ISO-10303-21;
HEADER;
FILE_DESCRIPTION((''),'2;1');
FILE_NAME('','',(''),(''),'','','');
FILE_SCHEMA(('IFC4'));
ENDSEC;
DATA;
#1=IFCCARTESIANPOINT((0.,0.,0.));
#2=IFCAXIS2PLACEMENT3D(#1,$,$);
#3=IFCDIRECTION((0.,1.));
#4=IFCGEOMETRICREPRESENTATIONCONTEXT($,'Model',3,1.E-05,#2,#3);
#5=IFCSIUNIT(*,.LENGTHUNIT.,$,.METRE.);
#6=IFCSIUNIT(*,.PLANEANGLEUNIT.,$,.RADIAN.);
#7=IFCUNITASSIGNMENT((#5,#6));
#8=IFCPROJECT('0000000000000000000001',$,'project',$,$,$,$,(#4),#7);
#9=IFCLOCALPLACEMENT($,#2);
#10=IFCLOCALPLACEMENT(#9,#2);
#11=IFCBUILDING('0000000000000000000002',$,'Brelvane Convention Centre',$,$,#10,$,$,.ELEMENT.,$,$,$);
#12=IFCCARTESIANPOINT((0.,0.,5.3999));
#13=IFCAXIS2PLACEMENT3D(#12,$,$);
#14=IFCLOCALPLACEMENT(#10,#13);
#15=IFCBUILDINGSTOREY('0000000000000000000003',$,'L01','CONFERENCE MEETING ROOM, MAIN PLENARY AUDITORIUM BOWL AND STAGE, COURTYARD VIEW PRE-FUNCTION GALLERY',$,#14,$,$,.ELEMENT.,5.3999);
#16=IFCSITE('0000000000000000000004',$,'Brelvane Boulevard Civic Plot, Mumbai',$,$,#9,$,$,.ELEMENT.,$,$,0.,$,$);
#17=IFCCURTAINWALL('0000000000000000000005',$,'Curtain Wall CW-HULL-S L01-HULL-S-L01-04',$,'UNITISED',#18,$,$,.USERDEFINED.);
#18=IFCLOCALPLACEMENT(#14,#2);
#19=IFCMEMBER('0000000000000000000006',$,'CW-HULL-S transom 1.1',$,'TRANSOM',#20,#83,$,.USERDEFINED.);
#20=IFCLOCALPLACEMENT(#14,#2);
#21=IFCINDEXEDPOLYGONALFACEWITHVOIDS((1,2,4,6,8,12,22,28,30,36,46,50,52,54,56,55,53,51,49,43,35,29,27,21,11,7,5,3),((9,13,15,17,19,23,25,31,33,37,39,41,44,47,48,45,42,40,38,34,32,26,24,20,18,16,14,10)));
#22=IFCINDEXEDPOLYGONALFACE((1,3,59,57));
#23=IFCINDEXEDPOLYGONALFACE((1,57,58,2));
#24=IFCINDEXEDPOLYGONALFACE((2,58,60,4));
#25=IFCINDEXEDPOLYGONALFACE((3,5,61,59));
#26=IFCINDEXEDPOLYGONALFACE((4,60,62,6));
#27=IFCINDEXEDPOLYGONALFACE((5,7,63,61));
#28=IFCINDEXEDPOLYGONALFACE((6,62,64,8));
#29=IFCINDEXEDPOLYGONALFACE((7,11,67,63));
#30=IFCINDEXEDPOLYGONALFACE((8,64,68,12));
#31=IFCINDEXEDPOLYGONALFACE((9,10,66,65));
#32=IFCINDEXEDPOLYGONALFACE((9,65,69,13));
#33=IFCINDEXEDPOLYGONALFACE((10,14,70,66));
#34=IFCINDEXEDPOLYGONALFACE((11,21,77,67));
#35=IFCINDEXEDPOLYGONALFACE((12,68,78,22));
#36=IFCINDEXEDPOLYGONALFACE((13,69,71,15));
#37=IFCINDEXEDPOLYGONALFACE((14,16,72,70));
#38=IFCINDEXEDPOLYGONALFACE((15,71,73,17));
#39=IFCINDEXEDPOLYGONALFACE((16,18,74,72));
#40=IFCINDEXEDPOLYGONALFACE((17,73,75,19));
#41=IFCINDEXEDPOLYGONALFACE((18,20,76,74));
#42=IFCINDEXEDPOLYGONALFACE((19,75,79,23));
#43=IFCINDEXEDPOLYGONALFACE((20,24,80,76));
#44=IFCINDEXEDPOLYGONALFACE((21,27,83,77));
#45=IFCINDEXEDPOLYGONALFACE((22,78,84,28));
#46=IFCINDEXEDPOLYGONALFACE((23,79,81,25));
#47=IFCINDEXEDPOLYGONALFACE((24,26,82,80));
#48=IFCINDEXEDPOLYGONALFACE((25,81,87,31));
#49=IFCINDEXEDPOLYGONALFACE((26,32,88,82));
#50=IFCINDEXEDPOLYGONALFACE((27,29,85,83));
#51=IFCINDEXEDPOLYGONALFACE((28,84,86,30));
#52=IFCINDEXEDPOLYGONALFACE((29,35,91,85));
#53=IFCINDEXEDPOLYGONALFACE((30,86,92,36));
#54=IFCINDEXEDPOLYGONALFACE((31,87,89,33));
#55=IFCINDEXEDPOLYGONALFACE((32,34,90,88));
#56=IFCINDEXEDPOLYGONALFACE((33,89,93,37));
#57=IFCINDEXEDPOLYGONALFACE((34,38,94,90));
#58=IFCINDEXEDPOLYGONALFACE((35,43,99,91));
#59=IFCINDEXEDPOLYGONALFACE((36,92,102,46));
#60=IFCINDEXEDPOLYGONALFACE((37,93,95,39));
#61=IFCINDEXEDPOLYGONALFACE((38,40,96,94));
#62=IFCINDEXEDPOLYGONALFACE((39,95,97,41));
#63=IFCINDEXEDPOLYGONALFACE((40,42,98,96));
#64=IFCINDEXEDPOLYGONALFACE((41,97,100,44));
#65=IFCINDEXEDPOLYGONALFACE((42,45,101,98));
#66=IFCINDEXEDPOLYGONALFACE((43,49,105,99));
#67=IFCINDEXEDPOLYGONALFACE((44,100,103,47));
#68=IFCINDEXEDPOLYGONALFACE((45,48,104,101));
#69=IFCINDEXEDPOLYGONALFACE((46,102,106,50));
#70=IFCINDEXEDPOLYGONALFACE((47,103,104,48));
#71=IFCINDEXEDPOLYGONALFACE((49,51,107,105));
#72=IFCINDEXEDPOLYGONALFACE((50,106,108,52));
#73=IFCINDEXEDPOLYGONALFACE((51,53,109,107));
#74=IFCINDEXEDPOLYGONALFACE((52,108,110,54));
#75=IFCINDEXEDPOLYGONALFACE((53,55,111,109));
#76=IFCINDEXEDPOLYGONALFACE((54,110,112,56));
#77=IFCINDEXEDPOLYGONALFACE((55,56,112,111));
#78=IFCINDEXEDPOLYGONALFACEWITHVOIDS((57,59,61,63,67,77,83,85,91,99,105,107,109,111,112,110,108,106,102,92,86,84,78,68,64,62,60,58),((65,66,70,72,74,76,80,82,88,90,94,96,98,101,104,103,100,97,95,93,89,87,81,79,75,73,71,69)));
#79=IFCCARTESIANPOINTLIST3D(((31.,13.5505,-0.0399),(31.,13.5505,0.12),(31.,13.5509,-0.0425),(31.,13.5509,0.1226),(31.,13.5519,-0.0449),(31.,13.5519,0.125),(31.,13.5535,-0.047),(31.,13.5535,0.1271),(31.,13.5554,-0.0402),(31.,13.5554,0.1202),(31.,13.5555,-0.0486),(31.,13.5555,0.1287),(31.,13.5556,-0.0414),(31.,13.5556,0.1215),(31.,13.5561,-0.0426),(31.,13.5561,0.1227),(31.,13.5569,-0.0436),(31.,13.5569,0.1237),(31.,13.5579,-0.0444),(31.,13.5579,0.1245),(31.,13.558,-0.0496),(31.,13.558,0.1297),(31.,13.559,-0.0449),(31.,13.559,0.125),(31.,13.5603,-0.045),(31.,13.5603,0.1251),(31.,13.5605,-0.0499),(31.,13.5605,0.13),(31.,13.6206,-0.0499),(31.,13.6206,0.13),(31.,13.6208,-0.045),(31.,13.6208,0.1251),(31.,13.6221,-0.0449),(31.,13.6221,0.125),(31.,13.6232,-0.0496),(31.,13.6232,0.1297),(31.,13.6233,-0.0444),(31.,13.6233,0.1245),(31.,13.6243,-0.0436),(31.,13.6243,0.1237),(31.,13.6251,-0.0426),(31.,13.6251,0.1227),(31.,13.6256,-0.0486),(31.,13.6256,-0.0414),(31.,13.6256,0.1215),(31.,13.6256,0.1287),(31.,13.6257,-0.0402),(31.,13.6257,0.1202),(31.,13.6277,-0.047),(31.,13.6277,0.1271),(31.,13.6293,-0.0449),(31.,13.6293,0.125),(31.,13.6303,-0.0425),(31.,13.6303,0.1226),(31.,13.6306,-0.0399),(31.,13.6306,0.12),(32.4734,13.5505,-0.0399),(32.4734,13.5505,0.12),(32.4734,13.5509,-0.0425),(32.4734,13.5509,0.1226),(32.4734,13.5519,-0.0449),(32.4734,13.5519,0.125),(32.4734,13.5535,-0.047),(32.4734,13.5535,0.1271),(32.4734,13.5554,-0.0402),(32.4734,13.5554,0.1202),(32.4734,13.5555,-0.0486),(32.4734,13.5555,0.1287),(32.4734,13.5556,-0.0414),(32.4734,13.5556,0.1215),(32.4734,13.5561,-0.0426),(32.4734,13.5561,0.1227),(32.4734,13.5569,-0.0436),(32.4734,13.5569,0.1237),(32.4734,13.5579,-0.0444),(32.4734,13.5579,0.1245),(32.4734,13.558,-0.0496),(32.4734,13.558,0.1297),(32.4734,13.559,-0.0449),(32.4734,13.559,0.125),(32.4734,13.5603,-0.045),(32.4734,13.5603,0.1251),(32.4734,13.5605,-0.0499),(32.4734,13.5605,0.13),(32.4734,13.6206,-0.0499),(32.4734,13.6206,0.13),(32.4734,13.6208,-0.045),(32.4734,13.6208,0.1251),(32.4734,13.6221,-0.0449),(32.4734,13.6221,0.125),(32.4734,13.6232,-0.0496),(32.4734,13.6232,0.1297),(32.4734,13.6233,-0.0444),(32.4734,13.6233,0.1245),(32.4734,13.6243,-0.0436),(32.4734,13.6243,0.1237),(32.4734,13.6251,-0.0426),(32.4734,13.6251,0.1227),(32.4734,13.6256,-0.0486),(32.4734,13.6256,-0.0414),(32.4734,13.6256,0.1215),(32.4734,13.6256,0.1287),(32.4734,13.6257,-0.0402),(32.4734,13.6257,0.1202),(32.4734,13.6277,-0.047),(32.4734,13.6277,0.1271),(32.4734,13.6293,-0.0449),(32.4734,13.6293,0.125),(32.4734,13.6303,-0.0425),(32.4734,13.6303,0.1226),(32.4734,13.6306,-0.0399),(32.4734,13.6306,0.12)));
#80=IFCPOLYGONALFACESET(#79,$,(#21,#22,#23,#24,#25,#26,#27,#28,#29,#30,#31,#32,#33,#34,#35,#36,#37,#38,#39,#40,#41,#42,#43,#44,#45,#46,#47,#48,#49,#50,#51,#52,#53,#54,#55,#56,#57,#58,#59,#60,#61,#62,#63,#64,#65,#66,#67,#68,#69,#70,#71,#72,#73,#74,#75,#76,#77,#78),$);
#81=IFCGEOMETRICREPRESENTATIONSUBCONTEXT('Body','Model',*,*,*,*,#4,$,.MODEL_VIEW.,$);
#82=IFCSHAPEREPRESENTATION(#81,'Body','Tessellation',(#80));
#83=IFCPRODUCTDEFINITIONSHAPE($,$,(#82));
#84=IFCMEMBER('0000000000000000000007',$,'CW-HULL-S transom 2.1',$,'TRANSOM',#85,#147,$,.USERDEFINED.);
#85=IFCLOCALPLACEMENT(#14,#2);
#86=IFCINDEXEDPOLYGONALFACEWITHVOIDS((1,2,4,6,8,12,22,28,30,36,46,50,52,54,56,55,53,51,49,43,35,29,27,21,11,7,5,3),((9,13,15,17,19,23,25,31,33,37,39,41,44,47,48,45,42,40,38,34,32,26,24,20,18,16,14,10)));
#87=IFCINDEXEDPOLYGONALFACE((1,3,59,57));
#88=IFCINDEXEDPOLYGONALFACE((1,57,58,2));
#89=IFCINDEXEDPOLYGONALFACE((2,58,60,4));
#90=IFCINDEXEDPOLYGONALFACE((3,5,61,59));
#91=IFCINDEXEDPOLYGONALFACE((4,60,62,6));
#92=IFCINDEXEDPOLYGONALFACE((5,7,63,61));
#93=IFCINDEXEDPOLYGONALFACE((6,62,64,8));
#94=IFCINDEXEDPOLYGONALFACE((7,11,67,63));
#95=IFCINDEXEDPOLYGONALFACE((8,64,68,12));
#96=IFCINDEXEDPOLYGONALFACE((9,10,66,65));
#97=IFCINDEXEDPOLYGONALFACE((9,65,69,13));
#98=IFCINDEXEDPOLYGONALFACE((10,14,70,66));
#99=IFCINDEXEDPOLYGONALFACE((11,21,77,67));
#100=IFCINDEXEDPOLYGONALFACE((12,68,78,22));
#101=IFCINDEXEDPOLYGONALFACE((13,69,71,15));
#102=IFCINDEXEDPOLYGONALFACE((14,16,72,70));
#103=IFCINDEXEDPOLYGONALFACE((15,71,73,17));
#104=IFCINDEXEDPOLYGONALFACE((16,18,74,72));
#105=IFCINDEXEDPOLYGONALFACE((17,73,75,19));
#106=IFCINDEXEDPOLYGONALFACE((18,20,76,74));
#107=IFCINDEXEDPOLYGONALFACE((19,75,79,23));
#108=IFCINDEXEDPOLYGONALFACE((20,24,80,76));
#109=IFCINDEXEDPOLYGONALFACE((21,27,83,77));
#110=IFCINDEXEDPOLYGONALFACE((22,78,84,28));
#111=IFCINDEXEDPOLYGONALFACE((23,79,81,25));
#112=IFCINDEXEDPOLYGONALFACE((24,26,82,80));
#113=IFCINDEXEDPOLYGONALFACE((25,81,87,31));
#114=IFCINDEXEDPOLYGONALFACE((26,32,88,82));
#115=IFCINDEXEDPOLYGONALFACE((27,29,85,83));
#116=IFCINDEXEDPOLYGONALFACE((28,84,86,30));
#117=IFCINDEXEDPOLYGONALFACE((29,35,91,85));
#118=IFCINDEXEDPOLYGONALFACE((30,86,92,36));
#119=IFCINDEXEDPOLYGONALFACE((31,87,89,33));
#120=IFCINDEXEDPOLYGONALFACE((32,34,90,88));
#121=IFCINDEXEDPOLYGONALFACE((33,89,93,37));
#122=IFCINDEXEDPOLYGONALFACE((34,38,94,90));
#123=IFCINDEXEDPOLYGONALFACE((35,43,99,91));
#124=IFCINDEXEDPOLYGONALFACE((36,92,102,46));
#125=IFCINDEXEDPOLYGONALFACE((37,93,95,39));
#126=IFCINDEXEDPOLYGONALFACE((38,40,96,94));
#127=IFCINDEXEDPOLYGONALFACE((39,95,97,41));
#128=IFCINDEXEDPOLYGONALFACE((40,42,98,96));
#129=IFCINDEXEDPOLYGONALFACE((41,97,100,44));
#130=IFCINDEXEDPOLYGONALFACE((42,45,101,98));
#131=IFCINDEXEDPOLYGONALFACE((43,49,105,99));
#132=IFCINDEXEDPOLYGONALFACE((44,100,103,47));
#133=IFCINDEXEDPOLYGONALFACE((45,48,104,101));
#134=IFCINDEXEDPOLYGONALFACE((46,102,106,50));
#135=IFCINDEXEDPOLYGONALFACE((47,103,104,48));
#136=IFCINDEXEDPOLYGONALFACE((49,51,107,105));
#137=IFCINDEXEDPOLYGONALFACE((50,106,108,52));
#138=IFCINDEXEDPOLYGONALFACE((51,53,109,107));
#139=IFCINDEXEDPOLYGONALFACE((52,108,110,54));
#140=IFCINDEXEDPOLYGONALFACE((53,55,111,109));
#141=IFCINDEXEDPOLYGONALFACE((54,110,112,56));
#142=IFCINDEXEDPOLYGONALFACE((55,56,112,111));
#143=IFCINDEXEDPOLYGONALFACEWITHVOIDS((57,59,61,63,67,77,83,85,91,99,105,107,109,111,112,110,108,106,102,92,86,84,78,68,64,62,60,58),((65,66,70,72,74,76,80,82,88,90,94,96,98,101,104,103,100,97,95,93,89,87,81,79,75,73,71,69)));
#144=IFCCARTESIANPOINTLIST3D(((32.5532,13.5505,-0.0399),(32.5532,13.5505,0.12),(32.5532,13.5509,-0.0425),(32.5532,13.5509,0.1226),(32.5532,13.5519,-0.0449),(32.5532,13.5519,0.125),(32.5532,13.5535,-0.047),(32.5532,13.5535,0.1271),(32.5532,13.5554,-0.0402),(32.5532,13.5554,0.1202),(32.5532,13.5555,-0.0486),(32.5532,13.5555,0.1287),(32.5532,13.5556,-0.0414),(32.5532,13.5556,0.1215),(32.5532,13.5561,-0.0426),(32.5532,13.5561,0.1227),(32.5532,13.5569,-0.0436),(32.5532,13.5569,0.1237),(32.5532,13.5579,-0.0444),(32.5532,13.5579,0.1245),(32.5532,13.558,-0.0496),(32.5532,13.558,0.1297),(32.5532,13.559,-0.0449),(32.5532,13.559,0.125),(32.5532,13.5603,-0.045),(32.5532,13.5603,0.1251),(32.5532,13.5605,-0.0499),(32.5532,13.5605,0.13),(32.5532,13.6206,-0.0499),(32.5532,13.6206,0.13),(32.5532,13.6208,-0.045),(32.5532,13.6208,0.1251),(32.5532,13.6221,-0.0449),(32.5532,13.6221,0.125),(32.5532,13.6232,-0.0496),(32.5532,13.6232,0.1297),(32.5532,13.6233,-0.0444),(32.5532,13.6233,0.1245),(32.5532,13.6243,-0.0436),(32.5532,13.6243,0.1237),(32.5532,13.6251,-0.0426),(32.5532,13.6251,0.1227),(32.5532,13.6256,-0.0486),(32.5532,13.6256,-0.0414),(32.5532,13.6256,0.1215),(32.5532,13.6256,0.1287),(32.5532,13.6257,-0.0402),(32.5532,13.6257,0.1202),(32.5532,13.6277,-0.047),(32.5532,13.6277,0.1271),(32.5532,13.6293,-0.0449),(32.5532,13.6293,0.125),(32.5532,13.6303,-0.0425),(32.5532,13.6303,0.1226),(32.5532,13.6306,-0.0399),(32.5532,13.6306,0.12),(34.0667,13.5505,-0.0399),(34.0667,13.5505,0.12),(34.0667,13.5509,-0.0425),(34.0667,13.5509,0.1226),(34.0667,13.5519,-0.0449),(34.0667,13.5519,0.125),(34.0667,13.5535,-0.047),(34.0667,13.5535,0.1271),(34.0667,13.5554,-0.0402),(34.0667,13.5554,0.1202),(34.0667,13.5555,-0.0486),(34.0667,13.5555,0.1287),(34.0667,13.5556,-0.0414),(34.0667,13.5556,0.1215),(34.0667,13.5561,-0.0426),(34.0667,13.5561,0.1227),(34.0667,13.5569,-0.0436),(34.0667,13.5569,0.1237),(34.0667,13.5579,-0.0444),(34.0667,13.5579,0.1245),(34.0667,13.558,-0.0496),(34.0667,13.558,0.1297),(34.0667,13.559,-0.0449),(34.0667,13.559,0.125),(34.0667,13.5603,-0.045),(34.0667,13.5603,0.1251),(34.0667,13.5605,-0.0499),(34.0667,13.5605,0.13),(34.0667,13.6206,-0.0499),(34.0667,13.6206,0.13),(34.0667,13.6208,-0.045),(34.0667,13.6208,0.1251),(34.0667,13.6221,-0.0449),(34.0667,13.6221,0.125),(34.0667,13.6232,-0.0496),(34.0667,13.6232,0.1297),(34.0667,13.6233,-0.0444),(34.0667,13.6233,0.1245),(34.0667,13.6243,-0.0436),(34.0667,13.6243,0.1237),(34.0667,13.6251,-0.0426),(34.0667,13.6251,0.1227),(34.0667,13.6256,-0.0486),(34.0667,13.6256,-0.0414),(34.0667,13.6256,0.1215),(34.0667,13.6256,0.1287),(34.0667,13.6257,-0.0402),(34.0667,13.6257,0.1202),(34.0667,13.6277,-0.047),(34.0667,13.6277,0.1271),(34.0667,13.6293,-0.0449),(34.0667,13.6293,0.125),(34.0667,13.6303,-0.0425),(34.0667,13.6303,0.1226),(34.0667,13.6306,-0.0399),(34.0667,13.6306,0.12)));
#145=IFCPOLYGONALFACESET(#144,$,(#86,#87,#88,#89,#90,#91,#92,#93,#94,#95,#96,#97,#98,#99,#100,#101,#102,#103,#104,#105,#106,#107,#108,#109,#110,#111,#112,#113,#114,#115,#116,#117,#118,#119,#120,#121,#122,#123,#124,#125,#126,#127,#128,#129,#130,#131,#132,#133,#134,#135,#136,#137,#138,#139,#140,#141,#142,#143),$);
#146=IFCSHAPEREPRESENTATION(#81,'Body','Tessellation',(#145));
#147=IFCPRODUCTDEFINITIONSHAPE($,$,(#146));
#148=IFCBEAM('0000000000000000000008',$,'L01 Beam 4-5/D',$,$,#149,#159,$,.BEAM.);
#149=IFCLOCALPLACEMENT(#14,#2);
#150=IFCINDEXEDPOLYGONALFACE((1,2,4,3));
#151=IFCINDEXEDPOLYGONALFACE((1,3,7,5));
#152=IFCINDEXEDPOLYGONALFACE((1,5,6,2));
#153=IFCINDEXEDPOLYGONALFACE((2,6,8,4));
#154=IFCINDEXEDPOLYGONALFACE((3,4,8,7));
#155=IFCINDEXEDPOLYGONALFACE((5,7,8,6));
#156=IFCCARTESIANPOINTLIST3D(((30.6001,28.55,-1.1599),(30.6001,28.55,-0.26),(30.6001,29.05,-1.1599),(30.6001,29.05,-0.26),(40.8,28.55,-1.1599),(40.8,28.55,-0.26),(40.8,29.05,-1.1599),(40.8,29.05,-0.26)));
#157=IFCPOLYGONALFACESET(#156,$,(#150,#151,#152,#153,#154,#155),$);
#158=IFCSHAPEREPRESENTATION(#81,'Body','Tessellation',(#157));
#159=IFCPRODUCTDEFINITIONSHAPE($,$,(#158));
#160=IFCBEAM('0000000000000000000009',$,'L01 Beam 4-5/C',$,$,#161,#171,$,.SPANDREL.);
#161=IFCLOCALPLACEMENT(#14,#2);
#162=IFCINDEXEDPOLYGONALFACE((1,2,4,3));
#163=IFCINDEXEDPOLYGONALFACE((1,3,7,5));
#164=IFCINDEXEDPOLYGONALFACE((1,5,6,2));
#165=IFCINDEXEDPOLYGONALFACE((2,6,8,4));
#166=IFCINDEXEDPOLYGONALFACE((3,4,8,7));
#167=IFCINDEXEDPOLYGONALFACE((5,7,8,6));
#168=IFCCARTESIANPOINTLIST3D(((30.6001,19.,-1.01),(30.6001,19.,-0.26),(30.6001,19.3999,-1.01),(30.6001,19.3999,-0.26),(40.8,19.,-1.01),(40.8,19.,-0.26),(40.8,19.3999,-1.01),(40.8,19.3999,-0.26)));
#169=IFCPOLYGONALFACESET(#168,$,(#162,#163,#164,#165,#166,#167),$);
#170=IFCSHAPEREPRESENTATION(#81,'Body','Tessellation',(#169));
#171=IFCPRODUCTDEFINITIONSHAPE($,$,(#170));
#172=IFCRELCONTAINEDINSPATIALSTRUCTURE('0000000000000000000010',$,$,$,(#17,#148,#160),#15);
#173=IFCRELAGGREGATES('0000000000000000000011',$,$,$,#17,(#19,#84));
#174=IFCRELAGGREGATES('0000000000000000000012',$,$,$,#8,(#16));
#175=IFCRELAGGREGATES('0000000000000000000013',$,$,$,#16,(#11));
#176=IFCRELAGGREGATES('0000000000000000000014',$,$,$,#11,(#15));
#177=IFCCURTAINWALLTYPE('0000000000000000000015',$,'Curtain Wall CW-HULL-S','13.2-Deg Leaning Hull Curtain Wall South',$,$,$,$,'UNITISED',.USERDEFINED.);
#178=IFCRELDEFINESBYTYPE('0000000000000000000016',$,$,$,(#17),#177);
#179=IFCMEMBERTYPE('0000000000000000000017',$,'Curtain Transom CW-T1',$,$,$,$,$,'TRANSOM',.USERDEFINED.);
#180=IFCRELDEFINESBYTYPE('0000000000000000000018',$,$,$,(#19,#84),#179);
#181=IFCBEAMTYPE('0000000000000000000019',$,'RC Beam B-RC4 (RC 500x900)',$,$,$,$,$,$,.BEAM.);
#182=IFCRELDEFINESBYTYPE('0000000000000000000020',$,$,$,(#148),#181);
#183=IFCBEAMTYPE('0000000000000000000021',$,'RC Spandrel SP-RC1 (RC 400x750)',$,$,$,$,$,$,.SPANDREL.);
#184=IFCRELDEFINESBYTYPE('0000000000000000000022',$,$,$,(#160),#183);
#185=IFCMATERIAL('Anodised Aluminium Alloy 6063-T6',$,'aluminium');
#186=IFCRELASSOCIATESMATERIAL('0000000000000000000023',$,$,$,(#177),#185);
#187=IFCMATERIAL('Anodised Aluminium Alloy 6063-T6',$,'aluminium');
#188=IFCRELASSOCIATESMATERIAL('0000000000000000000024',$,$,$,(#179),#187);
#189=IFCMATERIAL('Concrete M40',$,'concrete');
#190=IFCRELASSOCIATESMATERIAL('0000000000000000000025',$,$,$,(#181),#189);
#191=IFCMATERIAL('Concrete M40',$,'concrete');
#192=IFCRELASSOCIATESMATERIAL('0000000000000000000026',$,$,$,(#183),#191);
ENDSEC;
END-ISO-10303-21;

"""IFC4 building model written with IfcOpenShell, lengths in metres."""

from ifc_helpers import new_model, si_unit, direction, frame, origin, origin_2d, place, context, subcontext, project, spatial, rectangle, hollow_rectangle, extrude, material, material_profile, profile_set, type_object, element, aggregate, save


model = new_model("IFC4")

# Units and contexts
model_context = context("Model", 3, precision=1e-05, world=origin(), true_north=direction((0.0, 1.0)))
body_context = subcontext(model_context, "Body", "Model", "MODEL_VIEW")
ifc_project = project(units=[si_unit("LENGTHUNIT", "METRE"), si_unit("PLANEANGLEUNIT", "RADIAN")], contexts=[model_context])

# Site, building, storey
site_placement = place(None, origin())
site = spatial("IfcSite", under=ifc_project, at=site_placement, Name="Brelvane Boulevard Civic Plot, Mumbai", CompositionType="ELEMENT", RefElevation=0.0)
building_placement = place(site_placement, origin())
building = spatial("IfcBuilding", under=site, at=building_placement, Name="Brelvane Convention Centre", CompositionType="ELEMENT")
storey_placement = place(building_placement, frame((0.0, 0.0, 5.3999)))
storey = spatial("IfcBuildingStorey", under=building, at=storey_placement, Name="L01", Description="CONFERENCE MEETING ROOM, MAIN PLENARY AUDITORIUM BOWL AND STAGE, COURTYARD VIEW PRE-FUNCTION GALLERY", CompositionType="ELEMENT", Elevation=5.3999)

# Curtain wall
ifc_material_1 = material(Name="Anodised Aluminium Alloy 6063-T6", Category="aluminium")
curtain_wall_type = type_object("IfcCurtainWallType", Name="Curtain Wall CW-HULL-S", Description="13.2-Deg Leaning Hull Curtain Wall South", ElementType="UNITISED", PredefinedType="USERDEFINED", material=ifc_material_1)
curtain_wall_1_placement = place(storey_placement, origin())
curtain_wall_1 = element("IfcCurtainWall", 1, at=curtain_wall_1_placement, inside=storey, type_object=curtain_wall_type, Name="Curtain Wall CW-HULL-S L01-HULL-S-L01-04", ObjectType="UNITISED", PredefinedType="USERDEFINED")

# Members
ifc_material_2 = material(Name="Anodised Aluminium Alloy 6063-T6", Category="aluminium")
ifc_material_profile_1 = material_profile(ifc_material_2, hollow_rectangle(XDim=0.0801, YDim=0.1799, WallThickness=0.0049, InnerFilletRadius=0.0049, OuterFilletRadius=0.01, at=origin_2d()), Name="ALU-T 180x80x5.0")
ifc_profile_set_1 = profile_set([ifc_material_profile_1], Name="Anodised Aluminium Alloy 6063-T6")
member_type_1 = type_object("IfcMemberType", Name="Curtain Transom CW-T1", ElementType="TRANSOM", PredefinedType="USERDEFINED", material=ifc_profile_set_1)
member_1_placement = place(storey_placement, frame((31.0, 13.5906, 0.04), z_axis=(1.0, 0.0, 0.0), x_axis=(0.0, 1.0, 0.0)))
member_1 = element("IfcMember", 2, at=member_1_placement, type_object=member_type_1, Name="CW-HULL-S transom 1.1", ObjectType="TRANSOM", PredefinedType="USERDEFINED", context=body_context, shape_type="SweptSolid", body=[
    extrude(hollow_rectangle(XDim=0.0801, YDim=0.1799, WallThickness=0.0049, InnerFilletRadius=0.0049, OuterFilletRadius=0.01, at=origin_2d()), origin(), (0.0, 0.0, 1.0), 1.4734),
])
member_2_placement = place(storey_placement, frame((32.5532, 13.5906, 0.04), z_axis=(1.0, 0.0, 0.0), x_axis=(0.0, 1.0, 0.0)))
member_2 = element("IfcMember", 3, at=member_2_placement, type_object=member_type_1, Name="CW-HULL-S transom 2.1", ObjectType="TRANSOM", PredefinedType="USERDEFINED", context=body_context, shape_type="SweptSolid", body=[
    extrude(hollow_rectangle(XDim=0.0801, YDim=0.1799, WallThickness=0.0049, InnerFilletRadius=0.0049, OuterFilletRadius=0.01, at=origin_2d()), origin(), (0.0, 0.0, 1.0), 1.5134),
])

# Beams
ifc_material_3 = material(Name="Concrete M40", Category="concrete")
ifc_material_profile_2 = material_profile(ifc_material_3, rectangle(XDim=0.5, YDim=0.8999, at=origin_2d()), Name="RC 500x900")
ifc_profile_set_2 = profile_set([ifc_material_profile_2], Name="Concrete M40")
beam_type_1 = type_object("IfcBeamType", Name="RC Beam B-RC4 (RC 500x900)", PredefinedType="BEAM", material=ifc_profile_set_2)
beam_1_placement = place(storey_placement, frame((30.6001, 28.8, -0.71), z_axis=(1.0, 0.0, 0.0), x_axis=(0.0, 1.0, 0.0)))
element("IfcBeam", 4, at=beam_1_placement, inside=storey, type_object=beam_type_1, Name="L01 Beam 4-5/D", PredefinedType="BEAM", context=body_context, shape_type="SweptSolid", body=[
    extrude(rectangle(XDim=0.5, YDim=0.8999, at=origin_2d()), origin(), (0.0, 0.0, 1.0), 10.2),
])
ifc_material_4 = material(Name="Concrete M40", Category="concrete")
ifc_material_profile_3 = material_profile(ifc_material_4, rectangle(XDim=0.3999, YDim=0.75, at=origin_2d()), Name="RC 400x750")
ifc_profile_set_3 = profile_set([ifc_material_profile_3], Name="Concrete M40")
beam_type_2 = type_object("IfcBeamType", Name="RC Spandrel SP-RC1 (RC 400x750)", PredefinedType="SPANDREL", material=ifc_profile_set_3)
beam_2_placement = place(storey_placement, frame((30.6001, 19.2, -0.635), z_axis=(1.0, 0.0, 0.0), x_axis=(0.0, 1.0, 0.0)))
element("IfcBeam", 5, at=beam_2_placement, inside=storey, type_object=beam_type_2, Name="L01 Beam 4-5/C", PredefinedType="SPANDREL", context=body_context, shape_type="SweptSolid", body=[
    extrude(rectangle(XDim=0.3999, YDim=0.75, at=origin_2d()), origin(), (0.0, 0.0, 1.0), 10.2),
])

aggregate(curtain_wall_1, [member_1, member_2])

save(model, "model.ifc")
